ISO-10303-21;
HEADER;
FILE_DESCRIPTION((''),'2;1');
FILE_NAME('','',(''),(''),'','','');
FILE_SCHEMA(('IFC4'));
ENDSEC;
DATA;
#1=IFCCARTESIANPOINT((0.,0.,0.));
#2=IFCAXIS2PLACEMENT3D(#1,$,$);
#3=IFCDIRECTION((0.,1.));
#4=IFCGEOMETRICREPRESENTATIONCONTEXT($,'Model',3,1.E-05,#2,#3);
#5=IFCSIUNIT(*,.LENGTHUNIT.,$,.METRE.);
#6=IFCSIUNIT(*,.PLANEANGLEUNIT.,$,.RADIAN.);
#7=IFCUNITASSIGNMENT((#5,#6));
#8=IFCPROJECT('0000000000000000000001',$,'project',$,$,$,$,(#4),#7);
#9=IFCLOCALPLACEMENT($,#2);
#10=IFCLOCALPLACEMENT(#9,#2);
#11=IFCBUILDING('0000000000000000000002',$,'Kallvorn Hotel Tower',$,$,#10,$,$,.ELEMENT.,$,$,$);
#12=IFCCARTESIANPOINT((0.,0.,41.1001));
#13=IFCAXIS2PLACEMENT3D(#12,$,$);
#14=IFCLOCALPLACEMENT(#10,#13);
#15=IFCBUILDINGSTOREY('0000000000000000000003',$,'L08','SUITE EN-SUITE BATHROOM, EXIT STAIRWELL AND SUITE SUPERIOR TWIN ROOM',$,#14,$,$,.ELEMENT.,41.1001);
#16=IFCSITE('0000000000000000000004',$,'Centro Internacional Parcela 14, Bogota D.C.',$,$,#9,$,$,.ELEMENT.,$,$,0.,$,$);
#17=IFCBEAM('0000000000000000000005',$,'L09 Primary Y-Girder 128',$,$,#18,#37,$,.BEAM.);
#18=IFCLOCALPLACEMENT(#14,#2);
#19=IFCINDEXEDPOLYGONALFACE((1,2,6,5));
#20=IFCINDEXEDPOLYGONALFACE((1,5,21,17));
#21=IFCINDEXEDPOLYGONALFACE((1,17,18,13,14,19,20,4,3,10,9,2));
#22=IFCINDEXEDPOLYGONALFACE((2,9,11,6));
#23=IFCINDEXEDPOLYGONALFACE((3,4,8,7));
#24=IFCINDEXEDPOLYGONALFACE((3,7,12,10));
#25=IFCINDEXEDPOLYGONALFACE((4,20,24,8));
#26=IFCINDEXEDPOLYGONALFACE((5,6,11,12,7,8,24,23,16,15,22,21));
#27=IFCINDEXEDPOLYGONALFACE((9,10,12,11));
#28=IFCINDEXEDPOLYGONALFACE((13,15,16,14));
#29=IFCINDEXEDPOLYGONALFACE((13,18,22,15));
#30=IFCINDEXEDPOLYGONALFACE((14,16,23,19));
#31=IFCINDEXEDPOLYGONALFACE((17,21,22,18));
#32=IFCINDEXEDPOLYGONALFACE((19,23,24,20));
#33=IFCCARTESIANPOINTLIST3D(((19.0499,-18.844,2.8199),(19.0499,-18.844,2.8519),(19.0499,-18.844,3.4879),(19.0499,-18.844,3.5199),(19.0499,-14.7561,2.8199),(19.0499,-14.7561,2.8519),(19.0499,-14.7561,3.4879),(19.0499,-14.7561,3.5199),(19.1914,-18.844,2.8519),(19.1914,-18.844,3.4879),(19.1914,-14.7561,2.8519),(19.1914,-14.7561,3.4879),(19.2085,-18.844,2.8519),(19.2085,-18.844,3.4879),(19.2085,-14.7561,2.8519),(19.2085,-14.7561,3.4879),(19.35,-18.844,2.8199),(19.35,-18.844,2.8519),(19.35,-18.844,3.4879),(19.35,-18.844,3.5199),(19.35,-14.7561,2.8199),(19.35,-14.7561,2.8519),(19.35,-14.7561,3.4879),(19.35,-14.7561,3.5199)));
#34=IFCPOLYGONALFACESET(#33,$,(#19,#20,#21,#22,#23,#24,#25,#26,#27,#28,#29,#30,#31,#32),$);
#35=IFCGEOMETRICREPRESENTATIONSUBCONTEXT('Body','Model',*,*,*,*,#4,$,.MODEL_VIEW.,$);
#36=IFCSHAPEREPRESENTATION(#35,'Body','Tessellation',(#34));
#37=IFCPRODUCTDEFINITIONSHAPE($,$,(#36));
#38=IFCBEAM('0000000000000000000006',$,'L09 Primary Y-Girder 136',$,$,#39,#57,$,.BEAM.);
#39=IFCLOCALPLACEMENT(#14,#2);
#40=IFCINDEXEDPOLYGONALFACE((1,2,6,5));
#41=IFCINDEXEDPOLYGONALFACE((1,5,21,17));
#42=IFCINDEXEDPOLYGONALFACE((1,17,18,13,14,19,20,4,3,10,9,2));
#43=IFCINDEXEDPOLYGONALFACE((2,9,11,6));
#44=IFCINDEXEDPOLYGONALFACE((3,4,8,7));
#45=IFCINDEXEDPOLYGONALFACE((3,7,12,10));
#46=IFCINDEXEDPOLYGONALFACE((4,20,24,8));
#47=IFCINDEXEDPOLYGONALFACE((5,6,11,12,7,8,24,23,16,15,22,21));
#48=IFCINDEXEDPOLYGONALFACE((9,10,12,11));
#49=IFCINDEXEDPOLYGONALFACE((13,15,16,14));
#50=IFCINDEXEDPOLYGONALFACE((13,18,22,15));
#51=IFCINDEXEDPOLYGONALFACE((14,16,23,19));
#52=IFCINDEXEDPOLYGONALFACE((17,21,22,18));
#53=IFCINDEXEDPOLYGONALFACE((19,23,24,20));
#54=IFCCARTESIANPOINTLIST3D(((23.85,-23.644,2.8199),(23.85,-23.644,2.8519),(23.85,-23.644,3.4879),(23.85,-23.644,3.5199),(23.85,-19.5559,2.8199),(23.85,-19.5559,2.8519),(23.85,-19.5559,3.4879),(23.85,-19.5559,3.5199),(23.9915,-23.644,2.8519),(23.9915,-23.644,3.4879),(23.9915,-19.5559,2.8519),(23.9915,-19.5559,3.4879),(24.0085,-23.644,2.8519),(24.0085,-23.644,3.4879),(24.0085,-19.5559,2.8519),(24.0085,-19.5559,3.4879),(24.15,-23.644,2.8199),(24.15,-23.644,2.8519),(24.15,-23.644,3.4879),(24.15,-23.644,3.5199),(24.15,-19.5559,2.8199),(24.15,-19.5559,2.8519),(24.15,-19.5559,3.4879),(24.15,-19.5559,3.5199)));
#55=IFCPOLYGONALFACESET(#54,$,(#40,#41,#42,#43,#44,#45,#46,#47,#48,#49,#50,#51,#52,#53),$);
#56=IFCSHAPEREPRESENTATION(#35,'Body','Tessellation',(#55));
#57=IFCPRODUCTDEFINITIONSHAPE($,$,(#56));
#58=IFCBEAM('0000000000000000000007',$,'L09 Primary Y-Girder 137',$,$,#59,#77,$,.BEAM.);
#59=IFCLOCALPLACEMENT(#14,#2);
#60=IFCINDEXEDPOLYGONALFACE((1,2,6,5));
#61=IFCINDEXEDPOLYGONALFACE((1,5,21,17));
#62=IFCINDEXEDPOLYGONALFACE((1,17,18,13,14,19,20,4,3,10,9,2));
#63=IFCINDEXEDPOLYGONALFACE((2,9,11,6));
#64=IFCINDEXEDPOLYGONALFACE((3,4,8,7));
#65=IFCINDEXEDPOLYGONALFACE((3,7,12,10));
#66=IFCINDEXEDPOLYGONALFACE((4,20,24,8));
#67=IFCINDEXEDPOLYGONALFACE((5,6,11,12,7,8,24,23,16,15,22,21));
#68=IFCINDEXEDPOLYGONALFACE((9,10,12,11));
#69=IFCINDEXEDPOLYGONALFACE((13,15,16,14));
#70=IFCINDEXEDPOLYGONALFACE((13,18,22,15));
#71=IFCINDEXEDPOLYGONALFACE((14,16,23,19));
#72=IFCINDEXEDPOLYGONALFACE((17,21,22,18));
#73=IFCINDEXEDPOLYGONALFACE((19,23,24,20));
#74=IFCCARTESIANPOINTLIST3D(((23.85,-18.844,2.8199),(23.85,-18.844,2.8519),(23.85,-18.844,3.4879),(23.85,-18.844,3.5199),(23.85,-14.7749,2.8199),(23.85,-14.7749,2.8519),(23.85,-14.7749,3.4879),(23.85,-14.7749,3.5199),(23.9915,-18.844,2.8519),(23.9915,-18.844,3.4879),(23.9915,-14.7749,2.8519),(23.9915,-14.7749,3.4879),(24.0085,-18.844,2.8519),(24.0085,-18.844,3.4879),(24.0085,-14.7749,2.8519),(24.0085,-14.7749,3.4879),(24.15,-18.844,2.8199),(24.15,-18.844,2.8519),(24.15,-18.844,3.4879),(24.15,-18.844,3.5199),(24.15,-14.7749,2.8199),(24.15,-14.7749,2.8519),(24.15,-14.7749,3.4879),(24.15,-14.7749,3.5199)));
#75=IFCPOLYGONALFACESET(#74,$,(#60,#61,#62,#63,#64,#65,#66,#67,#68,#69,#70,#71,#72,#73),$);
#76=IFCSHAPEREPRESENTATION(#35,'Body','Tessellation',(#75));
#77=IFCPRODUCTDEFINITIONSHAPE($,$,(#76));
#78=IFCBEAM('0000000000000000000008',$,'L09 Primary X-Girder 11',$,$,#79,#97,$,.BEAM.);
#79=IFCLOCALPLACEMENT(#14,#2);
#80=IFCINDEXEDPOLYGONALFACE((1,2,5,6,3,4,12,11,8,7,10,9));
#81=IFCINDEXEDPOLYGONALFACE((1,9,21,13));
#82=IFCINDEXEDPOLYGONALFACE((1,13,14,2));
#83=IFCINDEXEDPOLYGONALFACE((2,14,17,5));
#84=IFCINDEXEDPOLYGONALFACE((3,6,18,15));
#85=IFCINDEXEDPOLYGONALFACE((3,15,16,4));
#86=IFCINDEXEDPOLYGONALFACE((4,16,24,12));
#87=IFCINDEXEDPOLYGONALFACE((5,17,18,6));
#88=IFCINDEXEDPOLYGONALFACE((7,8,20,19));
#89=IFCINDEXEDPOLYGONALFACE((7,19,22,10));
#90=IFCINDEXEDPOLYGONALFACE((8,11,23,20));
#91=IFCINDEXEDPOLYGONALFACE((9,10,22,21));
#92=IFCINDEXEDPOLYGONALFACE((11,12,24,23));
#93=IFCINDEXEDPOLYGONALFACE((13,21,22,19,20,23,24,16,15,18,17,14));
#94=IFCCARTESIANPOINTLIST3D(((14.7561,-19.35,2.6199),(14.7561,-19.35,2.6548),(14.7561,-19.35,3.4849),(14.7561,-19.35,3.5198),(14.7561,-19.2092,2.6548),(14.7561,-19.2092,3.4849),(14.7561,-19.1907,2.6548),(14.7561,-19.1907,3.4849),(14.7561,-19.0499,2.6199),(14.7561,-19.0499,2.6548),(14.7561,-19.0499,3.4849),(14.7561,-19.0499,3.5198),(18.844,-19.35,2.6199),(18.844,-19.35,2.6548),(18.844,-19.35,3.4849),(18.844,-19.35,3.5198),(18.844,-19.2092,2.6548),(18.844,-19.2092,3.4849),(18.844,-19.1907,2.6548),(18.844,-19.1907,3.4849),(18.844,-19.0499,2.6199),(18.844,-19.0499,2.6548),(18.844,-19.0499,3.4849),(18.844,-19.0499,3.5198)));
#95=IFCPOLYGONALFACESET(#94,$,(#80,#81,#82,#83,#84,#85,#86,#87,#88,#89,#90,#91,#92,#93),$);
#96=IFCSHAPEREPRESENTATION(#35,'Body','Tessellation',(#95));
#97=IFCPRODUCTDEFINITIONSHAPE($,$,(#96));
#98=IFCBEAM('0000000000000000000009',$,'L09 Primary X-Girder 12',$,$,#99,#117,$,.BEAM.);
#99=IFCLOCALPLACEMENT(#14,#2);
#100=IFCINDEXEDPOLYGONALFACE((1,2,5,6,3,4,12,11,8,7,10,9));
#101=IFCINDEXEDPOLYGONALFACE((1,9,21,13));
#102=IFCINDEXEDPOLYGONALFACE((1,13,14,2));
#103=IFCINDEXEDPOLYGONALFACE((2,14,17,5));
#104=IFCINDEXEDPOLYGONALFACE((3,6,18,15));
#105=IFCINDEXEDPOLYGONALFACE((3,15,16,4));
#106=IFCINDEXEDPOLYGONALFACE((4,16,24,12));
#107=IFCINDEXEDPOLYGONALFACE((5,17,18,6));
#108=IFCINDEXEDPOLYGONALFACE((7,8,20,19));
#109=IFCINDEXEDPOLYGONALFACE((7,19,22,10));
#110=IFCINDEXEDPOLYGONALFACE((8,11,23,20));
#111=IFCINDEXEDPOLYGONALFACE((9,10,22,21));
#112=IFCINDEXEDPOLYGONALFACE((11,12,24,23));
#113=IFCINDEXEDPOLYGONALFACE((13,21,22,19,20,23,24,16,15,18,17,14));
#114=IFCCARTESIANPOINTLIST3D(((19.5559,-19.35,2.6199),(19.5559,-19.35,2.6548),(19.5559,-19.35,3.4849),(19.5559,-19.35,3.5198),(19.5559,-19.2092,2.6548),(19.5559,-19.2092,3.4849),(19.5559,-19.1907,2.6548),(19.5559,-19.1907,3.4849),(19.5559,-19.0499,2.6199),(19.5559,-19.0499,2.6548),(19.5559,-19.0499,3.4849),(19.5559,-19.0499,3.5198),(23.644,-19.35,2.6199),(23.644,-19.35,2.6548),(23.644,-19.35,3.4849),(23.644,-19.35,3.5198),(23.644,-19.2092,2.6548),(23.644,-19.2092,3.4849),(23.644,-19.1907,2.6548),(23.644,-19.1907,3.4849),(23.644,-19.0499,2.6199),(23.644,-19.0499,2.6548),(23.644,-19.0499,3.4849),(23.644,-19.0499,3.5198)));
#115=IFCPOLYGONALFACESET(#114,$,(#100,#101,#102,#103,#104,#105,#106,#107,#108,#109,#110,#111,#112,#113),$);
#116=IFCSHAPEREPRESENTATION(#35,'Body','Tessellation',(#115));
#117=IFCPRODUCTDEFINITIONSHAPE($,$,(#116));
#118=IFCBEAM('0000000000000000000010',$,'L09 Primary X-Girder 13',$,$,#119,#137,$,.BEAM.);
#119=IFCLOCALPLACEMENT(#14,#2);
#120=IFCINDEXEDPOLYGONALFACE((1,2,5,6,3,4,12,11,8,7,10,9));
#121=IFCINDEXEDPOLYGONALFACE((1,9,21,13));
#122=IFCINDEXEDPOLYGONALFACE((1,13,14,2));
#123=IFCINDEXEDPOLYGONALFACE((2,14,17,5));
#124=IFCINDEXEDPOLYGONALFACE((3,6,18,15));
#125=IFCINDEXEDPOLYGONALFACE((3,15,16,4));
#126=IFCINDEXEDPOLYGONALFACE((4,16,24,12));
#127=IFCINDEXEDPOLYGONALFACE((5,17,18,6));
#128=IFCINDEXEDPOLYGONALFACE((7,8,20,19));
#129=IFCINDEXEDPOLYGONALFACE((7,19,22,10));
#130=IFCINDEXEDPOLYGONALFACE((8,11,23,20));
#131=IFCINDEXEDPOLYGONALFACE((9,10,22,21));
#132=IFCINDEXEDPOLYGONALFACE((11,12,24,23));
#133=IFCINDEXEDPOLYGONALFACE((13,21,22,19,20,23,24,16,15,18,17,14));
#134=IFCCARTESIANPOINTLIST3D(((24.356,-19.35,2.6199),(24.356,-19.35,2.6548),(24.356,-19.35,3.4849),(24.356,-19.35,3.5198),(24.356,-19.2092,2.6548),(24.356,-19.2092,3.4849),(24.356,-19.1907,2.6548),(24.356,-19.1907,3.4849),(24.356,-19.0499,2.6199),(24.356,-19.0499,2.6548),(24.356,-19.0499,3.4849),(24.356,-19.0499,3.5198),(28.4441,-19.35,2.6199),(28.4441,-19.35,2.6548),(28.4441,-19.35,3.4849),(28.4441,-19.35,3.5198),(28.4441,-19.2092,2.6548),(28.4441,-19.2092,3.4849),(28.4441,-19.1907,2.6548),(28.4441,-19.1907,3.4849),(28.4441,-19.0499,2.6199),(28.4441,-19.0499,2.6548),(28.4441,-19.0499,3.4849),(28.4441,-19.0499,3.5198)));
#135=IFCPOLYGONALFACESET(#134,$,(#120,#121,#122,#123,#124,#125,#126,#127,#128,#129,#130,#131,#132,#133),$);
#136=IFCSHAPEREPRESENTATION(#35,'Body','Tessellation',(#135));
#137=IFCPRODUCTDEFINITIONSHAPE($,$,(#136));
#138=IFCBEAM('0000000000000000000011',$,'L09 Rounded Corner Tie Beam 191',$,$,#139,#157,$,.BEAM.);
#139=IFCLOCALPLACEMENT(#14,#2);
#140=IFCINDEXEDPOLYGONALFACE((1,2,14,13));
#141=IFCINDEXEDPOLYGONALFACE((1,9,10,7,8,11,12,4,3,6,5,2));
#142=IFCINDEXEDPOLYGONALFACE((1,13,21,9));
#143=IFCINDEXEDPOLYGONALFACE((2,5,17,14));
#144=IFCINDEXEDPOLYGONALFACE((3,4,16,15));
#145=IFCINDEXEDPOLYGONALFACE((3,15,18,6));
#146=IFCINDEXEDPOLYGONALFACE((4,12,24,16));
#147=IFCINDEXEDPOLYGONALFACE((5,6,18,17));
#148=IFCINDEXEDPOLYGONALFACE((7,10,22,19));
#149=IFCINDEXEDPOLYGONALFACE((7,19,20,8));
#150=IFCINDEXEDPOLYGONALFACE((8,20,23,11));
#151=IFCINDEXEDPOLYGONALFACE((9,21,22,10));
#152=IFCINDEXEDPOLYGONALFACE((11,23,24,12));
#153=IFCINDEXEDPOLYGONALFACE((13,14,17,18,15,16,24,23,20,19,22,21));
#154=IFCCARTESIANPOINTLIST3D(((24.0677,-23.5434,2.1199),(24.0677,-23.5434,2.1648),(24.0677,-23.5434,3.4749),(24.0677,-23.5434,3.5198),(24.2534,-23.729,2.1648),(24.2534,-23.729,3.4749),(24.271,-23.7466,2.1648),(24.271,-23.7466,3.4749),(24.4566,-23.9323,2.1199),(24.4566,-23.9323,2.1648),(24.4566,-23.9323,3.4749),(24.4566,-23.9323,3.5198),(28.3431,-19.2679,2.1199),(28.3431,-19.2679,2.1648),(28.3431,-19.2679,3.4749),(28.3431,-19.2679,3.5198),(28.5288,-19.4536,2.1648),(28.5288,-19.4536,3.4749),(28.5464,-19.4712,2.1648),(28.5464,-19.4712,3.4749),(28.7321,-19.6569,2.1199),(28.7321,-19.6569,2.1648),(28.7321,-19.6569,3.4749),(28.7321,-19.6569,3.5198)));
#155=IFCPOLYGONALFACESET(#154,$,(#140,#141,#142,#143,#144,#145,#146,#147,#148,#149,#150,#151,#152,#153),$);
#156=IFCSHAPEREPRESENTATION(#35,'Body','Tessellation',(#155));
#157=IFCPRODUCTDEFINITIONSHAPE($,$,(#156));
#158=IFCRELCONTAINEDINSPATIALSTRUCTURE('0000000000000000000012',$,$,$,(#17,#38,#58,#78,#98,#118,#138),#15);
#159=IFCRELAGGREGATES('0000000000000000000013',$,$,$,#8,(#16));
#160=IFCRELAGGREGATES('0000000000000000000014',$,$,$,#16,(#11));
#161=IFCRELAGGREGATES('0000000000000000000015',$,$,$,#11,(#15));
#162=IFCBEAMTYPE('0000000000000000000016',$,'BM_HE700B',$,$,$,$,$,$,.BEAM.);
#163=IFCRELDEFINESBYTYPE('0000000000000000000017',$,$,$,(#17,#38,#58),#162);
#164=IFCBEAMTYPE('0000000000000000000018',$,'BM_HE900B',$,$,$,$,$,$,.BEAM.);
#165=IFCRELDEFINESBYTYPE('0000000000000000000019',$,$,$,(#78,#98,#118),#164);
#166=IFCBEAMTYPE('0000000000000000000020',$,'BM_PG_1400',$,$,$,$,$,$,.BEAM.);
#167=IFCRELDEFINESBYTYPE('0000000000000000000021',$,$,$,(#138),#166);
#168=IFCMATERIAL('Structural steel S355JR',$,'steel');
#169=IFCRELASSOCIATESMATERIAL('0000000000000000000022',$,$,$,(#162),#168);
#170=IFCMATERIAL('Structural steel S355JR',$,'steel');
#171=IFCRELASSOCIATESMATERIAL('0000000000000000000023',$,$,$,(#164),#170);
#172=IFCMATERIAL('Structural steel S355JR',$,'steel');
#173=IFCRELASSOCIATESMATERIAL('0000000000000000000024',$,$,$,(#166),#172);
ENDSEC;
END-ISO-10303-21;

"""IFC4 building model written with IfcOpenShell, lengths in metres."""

from ifc_helpers import new_model, si_unit, direction, frame, origin, origin_2d, place, context, subcontext, project, spatial, i_section, extrude, material, material_profile, profile_set, type_object, element, save


model = new_model("IFC4")

# Units and contexts
model_context = context("Model", 3, precision=1e-05, world=origin(), true_north=direction((0.0, 1.0)))
body_context = subcontext(model_context, "Body", "Model", "MODEL_VIEW")
ifc_project = project(units=[si_unit("LENGTHUNIT", "METRE"), si_unit("PLANEANGLEUNIT", "RADIAN")], contexts=[model_context])

# Site, building, storey
site_placement = place(None, origin())
site = spatial("IfcSite", under=ifc_project, at=site_placement, Name="Centro Internacional Parcela 14, Bogota D.C.", CompositionType="ELEMENT", RefElevation=0.0)
building_placement = place(site_placement, origin())
building = spatial("IfcBuilding", under=site, at=building_placement, Name="Kallvorn Hotel Tower", CompositionType="ELEMENT")
storey_placement = place(building_placement, frame((0.0, 0.0, 41.1001)))
storey = spatial("IfcBuildingStorey", under=building, at=storey_placement, Name="L08", Description="SUITE EN-SUITE BATHROOM, EXIT STAIRWELL AND SUITE SUPERIOR TWIN ROOM", CompositionType="ELEMENT", Elevation=41.1001)

# Beams
ifc_material_1 = material(Name="Structural steel S355JR", Category="steel")
ifc_material_profile_1 = material_profile(ifc_material_1, i_section(OverallWidth=0.3, OverallDepth=0.7, WebThickness=0.0171, FlangeThickness=0.032, at=origin_2d()), Name="HE 700 B")
ifc_profile_set_1 = profile_set([ifc_material_profile_1], Name="Structural steel S355JR")
beam_type_1 = type_object("IfcBeamType", Name="BM_HE700B", PredefinedType="BEAM", material=ifc_profile_set_1)
beam_1_placement = place(storey_placement, frame((19.2, -18.844, 3.1699), z_axis=(0.0, 1.0, 0.0), x_axis=(-1.0, 0.0, 0.0)))
element("IfcBeam", 1, at=beam_1_placement, inside=storey, type_object=beam_type_1, Name="L09 Primary Y-Girder 128", PredefinedType="BEAM", context=body_context, shape_type="SweptSolid", body=[
    extrude(i_section(OverallWidth=0.3, OverallDepth=0.7, WebThickness=0.0171, FlangeThickness=0.032, at=origin_2d()), origin(), (0.0, 0.0, 1.0), 4.0879),
])
beam_2_placement = place(storey_placement, frame((24.0, -23.644, 3.1699), z_axis=(0.0, 1.0, 0.0), x_axis=(-1.0, 0.0, 0.0)))
element("IfcBeam", 2, at=beam_2_placement, inside=storey, type_object=beam_type_1, Name="L09 Primary Y-Girder 136", PredefinedType="BEAM", context=body_context, shape_type="SweptSolid", body=[
    extrude(i_section(OverallWidth=0.3, OverallDepth=0.7, WebThickness=0.0171, FlangeThickness=0.032, at=origin_2d()), origin(), (0.0, 0.0, 1.0), 4.0881),
])
beam_3_placement = place(storey_placement, frame((24.0, -18.844, 3.1699), z_axis=(0.0, 1.0, 0.0), x_axis=(-1.0, 0.0, 0.0)))
element("IfcBeam", 3, at=beam_3_placement, inside=storey, type_object=beam_type_1, Name="L09 Primary Y-Girder 137", PredefinedType="BEAM", context=body_context, shape_type="SweptSolid", body=[
    extrude(i_section(OverallWidth=0.3, OverallDepth=0.7, WebThickness=0.0171, FlangeThickness=0.032, at=origin_2d()), origin(), (0.0, 0.0, 1.0), 4.0691),
])
ifc_material_2 = material(Name="Structural steel S355JR", Category="steel")
ifc_material_profile_2 = material_profile(ifc_material_2, i_section(OverallWidth=0.3, OverallDepth=0.8999, WebThickness=0.0186, FlangeThickness=0.0349, at=origin_2d()), Name="HE 900 B")
ifc_profile_set_2 = profile_set([ifc_material_profile_2], Name="Structural steel S355JR")
beam_type_2 = type_object("IfcBeamType", Name="BM_HE900B", PredefinedType="BEAM", material=ifc_profile_set_2)
beam_4_placement = place(storey_placement, frame((14.7561, -19.2, 3.0698), z_axis=(1.0, 0.0, 0.0), x_axis=(0.0, 1.0, 0.0)))
element("IfcBeam", 4, at=beam_4_placement, inside=storey, type_object=beam_type_2, Name="L09 Primary X-Girder 11", PredefinedType="BEAM", context=body_context, shape_type="SweptSolid", body=[
    extrude(i_section(OverallWidth=0.3, OverallDepth=0.8999, WebThickness=0.0186, FlangeThickness=0.0349, at=origin_2d()), origin(), (0.0, 0.0, 1.0), 4.0879),
])
for number, where, z_axis, x_axis, name in (
    (5, (19.5559, -19.2, 3.0698), (1.0, 0.0, 0.0), (0.0, 1.0, 0.0), "L09 Primary X-Girder 12"),
    (6, (24.356, -19.2, 3.0698), (1.0, 0.0, 0.0), (0.0, 1.0, 0.0), "L09 Primary X-Girder 13"),
):
    element("IfcBeam", number, at=place(storey_placement, frame(where, z_axis=z_axis, x_axis=x_axis)), inside=storey, type_object=beam_type_2, Name=name, PredefinedType="BEAM", context=body_context, shape_type="SweptSolid", body=[
        extrude(i_section(OverallWidth=0.3, OverallDepth=0.8999, WebThickness=0.0186, FlangeThickness=0.0349, at=origin_2d()), origin(), (0.0, 0.0, 1.0), 4.0881),
    ])
ifc_material_3 = material(Name="Structural steel S355JR", Category="steel")
ifc_material_profile_3 = material_profile(ifc_material_3, i_section(OverallWidth=0.55, OverallDepth=1.3999, WebThickness=0.0249, FlangeThickness=0.0449, at=origin_2d()), Name="PG 1400x550x25x45")
ifc_profile_set_3 = profile_set([ifc_material_profile_3], Name="Structural steel S355JR")
beam_type_3 = type_object("IfcBeamType", Name="BM_PG_1400", PredefinedType="BEAM", material=ifc_profile_set_3)
beam_5_placement = place(storey_placement, frame((28.5376, -19.4624, 2.8198), z_axis=(-0.707107, -0.707107, 0.0), x_axis=(0.707107, -0.707107, 0.0)))
element("IfcBeam", 7, at=beam_5_placement, inside=storey, type_object=beam_type_3, Name="L09 Rounded Corner Tie Beam 191", PredefinedType="BEAM", context=body_context, shape_type="SweptSolid", body=[
    extrude(i_section(OverallWidth=0.55, OverallDepth=1.3999, WebThickness=0.0249, FlangeThickness=0.0449, at=origin_2d()), origin(), (0.0, 0.0, 1.0), 6.0464),
])

save(model, "model.ifc")
